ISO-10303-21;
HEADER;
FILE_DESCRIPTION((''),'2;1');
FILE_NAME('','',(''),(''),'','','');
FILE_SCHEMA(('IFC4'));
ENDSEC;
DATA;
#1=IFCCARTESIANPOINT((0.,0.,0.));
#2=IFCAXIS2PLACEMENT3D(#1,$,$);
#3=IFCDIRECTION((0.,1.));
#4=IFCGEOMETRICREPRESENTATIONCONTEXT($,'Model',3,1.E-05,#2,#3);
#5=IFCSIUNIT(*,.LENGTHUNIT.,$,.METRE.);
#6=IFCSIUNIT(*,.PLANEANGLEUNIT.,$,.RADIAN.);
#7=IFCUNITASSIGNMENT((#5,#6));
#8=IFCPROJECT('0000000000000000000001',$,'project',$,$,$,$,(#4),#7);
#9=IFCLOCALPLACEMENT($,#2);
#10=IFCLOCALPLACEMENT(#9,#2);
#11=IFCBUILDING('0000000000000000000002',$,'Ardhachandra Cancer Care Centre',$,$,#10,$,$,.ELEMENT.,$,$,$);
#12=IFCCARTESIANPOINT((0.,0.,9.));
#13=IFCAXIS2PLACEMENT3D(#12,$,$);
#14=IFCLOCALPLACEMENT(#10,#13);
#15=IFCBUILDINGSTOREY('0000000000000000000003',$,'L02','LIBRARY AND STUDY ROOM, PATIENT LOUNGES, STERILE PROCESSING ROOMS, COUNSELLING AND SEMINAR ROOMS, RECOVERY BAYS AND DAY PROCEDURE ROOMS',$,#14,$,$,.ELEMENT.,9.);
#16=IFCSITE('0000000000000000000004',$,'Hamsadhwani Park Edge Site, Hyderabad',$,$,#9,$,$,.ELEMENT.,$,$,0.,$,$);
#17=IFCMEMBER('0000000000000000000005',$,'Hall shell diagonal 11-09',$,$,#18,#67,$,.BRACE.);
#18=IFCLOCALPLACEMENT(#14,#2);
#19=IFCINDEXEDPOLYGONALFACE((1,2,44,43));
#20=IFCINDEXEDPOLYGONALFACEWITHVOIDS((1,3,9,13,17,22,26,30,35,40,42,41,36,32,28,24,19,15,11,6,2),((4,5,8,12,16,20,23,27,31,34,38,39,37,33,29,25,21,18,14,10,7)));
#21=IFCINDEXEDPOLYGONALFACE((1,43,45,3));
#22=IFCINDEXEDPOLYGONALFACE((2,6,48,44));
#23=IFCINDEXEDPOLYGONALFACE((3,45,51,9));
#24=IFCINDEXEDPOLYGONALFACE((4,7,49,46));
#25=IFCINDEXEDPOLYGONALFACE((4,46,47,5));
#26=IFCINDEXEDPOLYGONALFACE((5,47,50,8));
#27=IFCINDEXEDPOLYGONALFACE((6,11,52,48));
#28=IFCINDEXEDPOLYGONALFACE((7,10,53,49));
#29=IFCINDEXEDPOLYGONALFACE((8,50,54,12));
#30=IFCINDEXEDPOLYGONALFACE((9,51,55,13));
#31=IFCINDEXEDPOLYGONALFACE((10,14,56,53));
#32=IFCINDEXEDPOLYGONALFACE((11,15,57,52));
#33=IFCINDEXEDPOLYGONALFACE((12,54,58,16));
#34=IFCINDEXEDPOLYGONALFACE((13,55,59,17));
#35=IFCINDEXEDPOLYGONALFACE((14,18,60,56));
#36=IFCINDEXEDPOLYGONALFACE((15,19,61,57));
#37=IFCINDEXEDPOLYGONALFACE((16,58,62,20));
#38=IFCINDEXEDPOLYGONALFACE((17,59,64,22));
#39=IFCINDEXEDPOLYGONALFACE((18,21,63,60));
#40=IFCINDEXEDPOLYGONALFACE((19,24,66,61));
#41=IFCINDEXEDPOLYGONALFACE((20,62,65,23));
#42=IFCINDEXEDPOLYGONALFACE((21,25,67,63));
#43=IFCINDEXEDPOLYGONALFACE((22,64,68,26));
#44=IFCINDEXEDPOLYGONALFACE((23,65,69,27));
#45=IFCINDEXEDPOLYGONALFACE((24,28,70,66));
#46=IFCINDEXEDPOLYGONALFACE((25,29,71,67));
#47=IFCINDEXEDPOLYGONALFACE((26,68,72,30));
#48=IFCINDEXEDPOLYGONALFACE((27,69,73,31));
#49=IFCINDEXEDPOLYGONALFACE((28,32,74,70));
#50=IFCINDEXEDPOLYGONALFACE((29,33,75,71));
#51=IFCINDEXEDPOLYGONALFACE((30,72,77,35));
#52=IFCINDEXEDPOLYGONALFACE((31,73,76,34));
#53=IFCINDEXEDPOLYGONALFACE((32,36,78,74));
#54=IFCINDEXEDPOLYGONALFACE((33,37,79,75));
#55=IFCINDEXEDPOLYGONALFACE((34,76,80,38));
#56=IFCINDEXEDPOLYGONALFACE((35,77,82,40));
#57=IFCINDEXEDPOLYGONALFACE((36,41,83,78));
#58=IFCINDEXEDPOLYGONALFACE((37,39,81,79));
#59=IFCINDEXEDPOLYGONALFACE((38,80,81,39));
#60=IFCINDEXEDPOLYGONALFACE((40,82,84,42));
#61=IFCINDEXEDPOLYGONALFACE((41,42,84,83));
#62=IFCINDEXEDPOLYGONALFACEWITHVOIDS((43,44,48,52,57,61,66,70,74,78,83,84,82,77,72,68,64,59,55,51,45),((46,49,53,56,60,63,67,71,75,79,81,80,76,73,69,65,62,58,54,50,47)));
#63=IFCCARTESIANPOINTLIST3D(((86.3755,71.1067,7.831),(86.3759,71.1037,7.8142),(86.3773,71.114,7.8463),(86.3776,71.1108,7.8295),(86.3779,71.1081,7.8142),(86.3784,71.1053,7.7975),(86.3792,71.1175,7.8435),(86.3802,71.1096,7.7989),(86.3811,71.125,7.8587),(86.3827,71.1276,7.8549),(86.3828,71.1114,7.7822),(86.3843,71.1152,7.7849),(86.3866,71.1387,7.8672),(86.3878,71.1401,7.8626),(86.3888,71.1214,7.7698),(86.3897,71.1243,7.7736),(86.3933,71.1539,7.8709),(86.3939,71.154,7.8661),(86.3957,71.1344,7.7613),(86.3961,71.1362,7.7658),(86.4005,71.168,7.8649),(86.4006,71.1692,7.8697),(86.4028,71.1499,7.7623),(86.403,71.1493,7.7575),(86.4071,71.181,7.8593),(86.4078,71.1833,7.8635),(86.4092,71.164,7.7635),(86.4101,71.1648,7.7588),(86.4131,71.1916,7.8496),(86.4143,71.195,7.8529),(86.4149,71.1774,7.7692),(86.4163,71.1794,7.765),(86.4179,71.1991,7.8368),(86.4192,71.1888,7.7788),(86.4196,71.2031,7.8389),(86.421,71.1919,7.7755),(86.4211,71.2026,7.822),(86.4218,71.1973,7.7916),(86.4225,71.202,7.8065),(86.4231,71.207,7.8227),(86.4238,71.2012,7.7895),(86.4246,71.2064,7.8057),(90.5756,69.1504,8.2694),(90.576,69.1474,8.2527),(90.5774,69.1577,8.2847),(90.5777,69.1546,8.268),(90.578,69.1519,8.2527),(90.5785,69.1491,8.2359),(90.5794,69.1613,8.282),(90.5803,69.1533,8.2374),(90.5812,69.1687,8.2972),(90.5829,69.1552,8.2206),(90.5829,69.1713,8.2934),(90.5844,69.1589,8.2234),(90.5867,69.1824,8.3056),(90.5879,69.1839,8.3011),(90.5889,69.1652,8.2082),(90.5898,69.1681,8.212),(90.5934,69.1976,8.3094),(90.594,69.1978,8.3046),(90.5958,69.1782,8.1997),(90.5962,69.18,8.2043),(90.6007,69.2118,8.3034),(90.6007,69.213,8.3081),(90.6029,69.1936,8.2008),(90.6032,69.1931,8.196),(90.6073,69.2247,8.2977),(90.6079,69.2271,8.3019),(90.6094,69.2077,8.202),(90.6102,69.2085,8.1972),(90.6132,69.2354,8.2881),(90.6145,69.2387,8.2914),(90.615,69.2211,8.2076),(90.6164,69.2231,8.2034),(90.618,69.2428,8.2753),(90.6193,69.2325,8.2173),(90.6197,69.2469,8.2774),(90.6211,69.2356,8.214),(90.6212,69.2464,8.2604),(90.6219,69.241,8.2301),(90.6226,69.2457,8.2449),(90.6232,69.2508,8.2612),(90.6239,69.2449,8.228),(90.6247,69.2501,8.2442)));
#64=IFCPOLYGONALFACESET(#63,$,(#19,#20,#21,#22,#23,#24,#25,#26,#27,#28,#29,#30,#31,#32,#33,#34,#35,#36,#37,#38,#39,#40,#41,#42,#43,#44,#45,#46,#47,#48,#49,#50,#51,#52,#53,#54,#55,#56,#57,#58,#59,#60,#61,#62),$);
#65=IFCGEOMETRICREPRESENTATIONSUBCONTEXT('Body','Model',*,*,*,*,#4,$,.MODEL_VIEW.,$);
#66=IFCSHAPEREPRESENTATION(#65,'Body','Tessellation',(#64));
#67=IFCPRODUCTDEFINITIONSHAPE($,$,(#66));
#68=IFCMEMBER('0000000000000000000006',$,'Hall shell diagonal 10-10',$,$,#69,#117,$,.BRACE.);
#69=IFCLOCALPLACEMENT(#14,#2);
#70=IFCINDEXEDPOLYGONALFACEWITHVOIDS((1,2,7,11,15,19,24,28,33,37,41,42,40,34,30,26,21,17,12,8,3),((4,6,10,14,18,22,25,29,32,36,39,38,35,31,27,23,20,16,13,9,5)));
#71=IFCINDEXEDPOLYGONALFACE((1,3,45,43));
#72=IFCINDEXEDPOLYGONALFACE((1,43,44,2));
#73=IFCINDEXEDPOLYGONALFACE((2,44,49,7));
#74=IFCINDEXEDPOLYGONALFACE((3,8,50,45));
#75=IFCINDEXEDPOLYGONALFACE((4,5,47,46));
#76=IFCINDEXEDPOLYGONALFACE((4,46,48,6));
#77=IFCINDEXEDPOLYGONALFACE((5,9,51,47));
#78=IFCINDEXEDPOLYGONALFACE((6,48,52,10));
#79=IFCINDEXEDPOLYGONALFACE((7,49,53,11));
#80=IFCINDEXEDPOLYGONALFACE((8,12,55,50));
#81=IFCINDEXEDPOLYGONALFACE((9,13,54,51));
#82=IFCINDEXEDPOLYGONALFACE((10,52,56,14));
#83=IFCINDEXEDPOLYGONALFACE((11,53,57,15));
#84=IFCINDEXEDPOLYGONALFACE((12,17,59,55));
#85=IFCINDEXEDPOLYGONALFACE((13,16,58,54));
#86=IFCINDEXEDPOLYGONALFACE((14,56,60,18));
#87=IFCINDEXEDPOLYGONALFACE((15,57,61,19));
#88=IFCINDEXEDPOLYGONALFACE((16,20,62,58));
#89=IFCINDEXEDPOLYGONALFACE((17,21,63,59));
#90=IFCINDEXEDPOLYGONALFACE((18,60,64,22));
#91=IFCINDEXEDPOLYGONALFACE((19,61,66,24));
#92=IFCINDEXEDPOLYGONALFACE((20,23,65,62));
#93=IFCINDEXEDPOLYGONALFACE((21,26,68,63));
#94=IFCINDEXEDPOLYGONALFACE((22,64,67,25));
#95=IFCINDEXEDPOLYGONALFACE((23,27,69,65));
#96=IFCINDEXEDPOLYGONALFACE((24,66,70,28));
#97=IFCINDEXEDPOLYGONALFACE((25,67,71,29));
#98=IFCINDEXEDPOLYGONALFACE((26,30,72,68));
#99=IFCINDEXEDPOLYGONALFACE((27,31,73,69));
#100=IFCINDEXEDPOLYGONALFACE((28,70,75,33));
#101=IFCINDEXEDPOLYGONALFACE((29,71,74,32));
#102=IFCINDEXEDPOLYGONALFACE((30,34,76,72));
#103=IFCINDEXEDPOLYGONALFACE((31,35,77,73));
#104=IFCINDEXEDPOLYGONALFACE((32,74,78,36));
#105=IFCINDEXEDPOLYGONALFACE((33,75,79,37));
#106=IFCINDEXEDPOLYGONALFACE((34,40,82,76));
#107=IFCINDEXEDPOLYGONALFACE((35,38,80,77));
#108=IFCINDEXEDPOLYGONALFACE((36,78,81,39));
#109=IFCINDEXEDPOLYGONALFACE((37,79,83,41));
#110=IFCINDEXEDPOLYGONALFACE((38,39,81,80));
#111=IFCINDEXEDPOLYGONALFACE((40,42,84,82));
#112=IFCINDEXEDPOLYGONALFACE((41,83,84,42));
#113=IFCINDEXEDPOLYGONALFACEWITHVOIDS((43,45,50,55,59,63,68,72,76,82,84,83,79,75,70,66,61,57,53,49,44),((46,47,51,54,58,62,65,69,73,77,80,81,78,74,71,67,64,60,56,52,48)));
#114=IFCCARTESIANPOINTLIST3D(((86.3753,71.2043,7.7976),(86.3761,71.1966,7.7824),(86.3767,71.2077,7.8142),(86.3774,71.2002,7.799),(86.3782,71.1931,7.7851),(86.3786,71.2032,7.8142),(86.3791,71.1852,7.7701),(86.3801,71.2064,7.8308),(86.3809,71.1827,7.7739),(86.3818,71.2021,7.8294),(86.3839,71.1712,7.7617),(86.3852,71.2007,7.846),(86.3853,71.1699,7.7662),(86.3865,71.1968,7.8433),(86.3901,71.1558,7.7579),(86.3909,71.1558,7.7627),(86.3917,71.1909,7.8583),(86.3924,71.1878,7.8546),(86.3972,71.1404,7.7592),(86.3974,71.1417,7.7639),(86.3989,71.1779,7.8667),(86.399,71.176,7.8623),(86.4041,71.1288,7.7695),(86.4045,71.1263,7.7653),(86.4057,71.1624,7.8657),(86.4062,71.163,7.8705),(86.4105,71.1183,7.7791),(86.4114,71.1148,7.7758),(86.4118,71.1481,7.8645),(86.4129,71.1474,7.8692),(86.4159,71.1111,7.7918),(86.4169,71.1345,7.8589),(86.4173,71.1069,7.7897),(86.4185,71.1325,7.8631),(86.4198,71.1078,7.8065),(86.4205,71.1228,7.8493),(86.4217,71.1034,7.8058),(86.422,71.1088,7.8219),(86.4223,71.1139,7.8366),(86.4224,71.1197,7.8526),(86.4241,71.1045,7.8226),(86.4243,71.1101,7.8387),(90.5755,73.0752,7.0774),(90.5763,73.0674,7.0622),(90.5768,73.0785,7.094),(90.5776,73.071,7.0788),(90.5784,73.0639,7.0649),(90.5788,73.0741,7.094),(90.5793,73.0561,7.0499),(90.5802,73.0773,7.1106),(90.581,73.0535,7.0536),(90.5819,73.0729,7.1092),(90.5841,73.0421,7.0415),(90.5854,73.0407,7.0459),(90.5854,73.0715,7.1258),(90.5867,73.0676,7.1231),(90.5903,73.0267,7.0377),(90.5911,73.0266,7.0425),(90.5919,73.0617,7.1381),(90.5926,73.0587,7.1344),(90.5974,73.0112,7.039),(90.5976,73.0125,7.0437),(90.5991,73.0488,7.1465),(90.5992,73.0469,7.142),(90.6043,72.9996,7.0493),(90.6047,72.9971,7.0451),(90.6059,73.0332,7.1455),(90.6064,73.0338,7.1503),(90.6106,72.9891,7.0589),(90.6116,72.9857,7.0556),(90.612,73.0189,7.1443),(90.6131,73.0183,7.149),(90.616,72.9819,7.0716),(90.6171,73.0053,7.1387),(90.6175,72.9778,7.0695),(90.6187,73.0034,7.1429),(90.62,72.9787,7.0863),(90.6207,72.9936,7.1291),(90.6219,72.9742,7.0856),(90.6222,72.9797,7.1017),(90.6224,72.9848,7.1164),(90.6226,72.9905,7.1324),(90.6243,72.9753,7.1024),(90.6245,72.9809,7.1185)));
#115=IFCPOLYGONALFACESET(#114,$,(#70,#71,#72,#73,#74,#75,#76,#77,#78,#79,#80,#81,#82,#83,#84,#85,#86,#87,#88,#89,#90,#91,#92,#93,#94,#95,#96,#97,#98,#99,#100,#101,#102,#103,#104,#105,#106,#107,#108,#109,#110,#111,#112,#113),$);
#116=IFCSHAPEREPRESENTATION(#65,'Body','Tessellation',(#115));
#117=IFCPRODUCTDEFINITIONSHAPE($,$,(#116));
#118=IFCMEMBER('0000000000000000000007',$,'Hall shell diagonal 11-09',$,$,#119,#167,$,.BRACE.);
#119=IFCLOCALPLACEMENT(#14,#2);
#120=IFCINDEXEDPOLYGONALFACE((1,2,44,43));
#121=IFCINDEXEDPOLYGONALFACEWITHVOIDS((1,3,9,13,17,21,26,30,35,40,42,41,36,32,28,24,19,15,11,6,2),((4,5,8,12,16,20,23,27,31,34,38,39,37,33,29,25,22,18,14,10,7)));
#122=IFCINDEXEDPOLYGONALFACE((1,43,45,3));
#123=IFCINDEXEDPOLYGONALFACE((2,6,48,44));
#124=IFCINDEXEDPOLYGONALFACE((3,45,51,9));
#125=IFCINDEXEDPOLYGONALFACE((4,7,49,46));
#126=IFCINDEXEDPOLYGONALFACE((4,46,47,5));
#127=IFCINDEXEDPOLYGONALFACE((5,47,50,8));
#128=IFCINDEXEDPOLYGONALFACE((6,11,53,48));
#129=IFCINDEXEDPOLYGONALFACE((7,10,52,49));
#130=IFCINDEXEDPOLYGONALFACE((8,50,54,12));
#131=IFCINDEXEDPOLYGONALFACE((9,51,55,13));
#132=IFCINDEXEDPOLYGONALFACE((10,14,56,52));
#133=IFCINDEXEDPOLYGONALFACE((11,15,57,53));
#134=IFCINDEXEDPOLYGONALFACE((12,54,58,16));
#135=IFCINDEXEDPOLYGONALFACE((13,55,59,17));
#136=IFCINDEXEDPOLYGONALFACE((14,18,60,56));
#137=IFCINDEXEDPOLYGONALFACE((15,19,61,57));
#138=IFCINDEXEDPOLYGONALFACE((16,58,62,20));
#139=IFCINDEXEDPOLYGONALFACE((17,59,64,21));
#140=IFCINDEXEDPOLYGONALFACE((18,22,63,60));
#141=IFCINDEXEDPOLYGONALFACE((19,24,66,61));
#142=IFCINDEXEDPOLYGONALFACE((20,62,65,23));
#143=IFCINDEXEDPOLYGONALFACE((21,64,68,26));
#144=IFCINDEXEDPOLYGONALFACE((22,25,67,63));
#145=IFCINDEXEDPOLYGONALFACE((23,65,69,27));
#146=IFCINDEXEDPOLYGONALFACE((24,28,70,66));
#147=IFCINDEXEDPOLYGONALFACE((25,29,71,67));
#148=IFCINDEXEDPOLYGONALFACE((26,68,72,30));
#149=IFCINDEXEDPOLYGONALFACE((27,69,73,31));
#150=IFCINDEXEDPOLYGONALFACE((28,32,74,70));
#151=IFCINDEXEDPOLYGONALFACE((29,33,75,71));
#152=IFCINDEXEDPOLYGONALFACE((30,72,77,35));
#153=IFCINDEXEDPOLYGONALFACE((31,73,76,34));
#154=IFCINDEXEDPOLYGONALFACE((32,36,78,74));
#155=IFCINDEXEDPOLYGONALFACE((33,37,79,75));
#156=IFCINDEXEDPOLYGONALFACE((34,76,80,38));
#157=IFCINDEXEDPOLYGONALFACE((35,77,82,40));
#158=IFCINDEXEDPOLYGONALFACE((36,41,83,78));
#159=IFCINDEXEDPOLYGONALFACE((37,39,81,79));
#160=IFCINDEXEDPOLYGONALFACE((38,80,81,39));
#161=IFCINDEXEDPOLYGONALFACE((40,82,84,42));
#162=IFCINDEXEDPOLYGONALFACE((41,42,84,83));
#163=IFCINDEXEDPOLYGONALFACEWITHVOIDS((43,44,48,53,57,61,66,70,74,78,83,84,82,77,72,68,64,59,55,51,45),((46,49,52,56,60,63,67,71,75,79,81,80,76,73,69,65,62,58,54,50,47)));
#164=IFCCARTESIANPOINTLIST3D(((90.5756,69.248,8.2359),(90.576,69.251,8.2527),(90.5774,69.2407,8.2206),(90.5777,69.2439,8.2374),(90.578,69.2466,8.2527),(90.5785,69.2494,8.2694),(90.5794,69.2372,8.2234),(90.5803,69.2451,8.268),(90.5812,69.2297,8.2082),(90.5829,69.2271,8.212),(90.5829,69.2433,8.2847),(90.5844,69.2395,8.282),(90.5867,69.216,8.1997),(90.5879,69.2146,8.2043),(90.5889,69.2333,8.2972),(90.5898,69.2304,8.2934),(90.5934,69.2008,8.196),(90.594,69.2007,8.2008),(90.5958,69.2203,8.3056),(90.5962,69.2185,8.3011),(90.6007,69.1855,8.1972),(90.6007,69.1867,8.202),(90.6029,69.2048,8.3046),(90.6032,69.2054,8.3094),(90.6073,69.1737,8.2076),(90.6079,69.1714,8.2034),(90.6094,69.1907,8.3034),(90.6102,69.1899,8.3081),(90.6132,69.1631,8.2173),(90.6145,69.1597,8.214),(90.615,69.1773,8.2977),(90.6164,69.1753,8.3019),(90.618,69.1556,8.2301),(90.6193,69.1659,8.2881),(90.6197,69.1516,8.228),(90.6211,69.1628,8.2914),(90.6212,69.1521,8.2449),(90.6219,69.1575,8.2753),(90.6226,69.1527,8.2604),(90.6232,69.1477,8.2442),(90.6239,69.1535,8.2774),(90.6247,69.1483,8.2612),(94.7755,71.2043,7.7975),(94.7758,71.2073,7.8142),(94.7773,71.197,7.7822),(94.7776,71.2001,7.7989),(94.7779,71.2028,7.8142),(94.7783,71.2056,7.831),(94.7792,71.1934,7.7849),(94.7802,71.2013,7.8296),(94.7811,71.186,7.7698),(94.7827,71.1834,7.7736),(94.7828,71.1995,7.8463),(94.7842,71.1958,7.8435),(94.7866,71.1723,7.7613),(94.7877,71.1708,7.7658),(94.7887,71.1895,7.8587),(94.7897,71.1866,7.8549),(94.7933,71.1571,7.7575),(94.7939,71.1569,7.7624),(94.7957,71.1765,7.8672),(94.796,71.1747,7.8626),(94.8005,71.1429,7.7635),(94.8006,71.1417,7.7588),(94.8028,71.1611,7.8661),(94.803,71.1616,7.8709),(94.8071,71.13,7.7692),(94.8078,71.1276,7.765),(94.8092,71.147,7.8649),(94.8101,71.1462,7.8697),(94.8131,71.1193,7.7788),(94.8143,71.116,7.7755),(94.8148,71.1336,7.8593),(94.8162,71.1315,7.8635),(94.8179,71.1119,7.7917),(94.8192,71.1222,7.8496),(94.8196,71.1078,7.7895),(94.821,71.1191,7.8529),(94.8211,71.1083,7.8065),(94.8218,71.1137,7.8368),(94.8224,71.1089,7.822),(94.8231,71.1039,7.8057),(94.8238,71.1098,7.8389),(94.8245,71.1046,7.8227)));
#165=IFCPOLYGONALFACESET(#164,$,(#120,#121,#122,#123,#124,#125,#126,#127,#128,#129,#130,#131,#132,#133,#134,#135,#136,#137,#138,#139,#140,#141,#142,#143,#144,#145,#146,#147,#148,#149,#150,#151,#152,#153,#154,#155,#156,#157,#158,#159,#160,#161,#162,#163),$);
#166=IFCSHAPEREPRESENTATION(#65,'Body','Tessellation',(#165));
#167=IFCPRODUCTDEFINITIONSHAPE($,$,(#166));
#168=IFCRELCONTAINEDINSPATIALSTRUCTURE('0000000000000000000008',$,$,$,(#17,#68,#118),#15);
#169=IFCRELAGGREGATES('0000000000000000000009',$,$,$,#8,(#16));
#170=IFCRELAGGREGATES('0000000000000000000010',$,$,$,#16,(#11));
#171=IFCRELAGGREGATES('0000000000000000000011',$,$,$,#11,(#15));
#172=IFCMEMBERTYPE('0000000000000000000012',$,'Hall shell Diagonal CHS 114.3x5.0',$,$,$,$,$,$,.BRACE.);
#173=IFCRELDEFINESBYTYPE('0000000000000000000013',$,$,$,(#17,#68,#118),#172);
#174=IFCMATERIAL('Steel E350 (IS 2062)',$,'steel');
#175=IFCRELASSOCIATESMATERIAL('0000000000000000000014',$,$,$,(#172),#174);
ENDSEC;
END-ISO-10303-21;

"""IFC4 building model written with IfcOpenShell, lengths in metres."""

from ifc_helpers import new_model, si_unit, direction, frame, origin, origin_2d, place, context, subcontext, project, spatial, hollow_circle, extrude, material, material_profile, profile_set, type_object, element, save


model = new_model("IFC4")

# Units and contexts
model_context = context("Model", 3, precision=1e-05, world=origin(), true_north=direction((0.0, 1.0)))
body_context = subcontext(model_context, "Body", "Model", "MODEL_VIEW")
ifc_project = project(units=[si_unit("LENGTHUNIT", "METRE"), si_unit("PLANEANGLEUNIT", "RADIAN")], contexts=[model_context])

# Site, building, storey
site_placement = place(None, origin())
site = spatial("IfcSite", under=ifc_project, at=site_placement, Name="Hamsadhwani Park Edge Site, Hyderabad", CompositionType="ELEMENT", RefElevation=0.0)
building_placement = place(site_placement, origin())
building = spatial("IfcBuilding", under=site, at=building_placement, Name="Ardhachandra Cancer Care Centre", CompositionType="ELEMENT")
storey_placement = place(building_placement, frame((0.0, 0.0, 9.0)))
storey = spatial("IfcBuildingStorey", under=building, at=storey_placement, Name="L02", Description="LIBRARY AND STUDY ROOM, PATIENT LOUNGES, STERILE PROCESSING ROOMS, COUNSELLING AND SEMINAR ROOMS, RECOVERY BAYS AND DAY PROCEDURE ROOMS", CompositionType="ELEMENT", Elevation=9.0)

# Members
ifc_material_1 = material(Name="Steel E350 (IS 2062)", Category="steel")
ifc_material_profile_1 = material_profile(ifc_material_1, hollow_circle(Radius=0.0571, WallThickness=0.0049, at=origin_2d()), Name="CHS 114.3x5.0")
ifc_profile_set_1 = profile_set([ifc_material_profile_1], Name="Steel E350 (IS 2062)")
member_type_1 = type_object("IfcMemberType", Name="Hall shell Diagonal CHS 114.3x5.0", PredefinedType="BRACE", material=ifc_profile_set_1)
for number, where, z_axis, x_axis, name in (
    (1, (90.6001, 69.1992, 8.2527), (-0.902465, 0.420335, -0.094212), (-0.422213, -0.906497, 0.0), "Hall shell diagonal 11-09"),
    (2, (86.3999, 71.1555, 7.8142), (0.902477, 0.401981, -0.154749), (-0.406882, 0.913481, 0.0), "Hall shell diagonal 10-10"),
):
    element("IfcMember", number, at=place(storey_placement, frame(where, z_axis=z_axis, x_axis=x_axis)), inside=storey, type_object=member_type_1, Name=name, PredefinedType="BRACE", context=body_context, shape_type="SweptSolid", body=[
        extrude(hollow_circle(Radius=0.0571, WallThickness=0.0049, at=origin_2d()), origin(), (0.0, 0.0, 1.0), 4.6541),
    ])
member_1_placement = place(storey_placement, frame((90.6001, 69.1992, 8.2527), z_axis=(0.902455, 0.420355, -0.094217), x_axis=(-0.422233, 0.906487, 0.0)))
element("IfcMember", 3, at=member_1_placement, inside=storey, type_object=member_type_1, Name="Hall shell diagonal 11-09", PredefinedType="BRACE", context=body_context, shape_type="SweptSolid", body=[
    extrude(hollow_circle(Radius=0.0571, WallThickness=0.0049, at=origin_2d()), origin(), (0.0, 0.0, 1.0), 4.6538),
])

save(model, "model.ifc")
